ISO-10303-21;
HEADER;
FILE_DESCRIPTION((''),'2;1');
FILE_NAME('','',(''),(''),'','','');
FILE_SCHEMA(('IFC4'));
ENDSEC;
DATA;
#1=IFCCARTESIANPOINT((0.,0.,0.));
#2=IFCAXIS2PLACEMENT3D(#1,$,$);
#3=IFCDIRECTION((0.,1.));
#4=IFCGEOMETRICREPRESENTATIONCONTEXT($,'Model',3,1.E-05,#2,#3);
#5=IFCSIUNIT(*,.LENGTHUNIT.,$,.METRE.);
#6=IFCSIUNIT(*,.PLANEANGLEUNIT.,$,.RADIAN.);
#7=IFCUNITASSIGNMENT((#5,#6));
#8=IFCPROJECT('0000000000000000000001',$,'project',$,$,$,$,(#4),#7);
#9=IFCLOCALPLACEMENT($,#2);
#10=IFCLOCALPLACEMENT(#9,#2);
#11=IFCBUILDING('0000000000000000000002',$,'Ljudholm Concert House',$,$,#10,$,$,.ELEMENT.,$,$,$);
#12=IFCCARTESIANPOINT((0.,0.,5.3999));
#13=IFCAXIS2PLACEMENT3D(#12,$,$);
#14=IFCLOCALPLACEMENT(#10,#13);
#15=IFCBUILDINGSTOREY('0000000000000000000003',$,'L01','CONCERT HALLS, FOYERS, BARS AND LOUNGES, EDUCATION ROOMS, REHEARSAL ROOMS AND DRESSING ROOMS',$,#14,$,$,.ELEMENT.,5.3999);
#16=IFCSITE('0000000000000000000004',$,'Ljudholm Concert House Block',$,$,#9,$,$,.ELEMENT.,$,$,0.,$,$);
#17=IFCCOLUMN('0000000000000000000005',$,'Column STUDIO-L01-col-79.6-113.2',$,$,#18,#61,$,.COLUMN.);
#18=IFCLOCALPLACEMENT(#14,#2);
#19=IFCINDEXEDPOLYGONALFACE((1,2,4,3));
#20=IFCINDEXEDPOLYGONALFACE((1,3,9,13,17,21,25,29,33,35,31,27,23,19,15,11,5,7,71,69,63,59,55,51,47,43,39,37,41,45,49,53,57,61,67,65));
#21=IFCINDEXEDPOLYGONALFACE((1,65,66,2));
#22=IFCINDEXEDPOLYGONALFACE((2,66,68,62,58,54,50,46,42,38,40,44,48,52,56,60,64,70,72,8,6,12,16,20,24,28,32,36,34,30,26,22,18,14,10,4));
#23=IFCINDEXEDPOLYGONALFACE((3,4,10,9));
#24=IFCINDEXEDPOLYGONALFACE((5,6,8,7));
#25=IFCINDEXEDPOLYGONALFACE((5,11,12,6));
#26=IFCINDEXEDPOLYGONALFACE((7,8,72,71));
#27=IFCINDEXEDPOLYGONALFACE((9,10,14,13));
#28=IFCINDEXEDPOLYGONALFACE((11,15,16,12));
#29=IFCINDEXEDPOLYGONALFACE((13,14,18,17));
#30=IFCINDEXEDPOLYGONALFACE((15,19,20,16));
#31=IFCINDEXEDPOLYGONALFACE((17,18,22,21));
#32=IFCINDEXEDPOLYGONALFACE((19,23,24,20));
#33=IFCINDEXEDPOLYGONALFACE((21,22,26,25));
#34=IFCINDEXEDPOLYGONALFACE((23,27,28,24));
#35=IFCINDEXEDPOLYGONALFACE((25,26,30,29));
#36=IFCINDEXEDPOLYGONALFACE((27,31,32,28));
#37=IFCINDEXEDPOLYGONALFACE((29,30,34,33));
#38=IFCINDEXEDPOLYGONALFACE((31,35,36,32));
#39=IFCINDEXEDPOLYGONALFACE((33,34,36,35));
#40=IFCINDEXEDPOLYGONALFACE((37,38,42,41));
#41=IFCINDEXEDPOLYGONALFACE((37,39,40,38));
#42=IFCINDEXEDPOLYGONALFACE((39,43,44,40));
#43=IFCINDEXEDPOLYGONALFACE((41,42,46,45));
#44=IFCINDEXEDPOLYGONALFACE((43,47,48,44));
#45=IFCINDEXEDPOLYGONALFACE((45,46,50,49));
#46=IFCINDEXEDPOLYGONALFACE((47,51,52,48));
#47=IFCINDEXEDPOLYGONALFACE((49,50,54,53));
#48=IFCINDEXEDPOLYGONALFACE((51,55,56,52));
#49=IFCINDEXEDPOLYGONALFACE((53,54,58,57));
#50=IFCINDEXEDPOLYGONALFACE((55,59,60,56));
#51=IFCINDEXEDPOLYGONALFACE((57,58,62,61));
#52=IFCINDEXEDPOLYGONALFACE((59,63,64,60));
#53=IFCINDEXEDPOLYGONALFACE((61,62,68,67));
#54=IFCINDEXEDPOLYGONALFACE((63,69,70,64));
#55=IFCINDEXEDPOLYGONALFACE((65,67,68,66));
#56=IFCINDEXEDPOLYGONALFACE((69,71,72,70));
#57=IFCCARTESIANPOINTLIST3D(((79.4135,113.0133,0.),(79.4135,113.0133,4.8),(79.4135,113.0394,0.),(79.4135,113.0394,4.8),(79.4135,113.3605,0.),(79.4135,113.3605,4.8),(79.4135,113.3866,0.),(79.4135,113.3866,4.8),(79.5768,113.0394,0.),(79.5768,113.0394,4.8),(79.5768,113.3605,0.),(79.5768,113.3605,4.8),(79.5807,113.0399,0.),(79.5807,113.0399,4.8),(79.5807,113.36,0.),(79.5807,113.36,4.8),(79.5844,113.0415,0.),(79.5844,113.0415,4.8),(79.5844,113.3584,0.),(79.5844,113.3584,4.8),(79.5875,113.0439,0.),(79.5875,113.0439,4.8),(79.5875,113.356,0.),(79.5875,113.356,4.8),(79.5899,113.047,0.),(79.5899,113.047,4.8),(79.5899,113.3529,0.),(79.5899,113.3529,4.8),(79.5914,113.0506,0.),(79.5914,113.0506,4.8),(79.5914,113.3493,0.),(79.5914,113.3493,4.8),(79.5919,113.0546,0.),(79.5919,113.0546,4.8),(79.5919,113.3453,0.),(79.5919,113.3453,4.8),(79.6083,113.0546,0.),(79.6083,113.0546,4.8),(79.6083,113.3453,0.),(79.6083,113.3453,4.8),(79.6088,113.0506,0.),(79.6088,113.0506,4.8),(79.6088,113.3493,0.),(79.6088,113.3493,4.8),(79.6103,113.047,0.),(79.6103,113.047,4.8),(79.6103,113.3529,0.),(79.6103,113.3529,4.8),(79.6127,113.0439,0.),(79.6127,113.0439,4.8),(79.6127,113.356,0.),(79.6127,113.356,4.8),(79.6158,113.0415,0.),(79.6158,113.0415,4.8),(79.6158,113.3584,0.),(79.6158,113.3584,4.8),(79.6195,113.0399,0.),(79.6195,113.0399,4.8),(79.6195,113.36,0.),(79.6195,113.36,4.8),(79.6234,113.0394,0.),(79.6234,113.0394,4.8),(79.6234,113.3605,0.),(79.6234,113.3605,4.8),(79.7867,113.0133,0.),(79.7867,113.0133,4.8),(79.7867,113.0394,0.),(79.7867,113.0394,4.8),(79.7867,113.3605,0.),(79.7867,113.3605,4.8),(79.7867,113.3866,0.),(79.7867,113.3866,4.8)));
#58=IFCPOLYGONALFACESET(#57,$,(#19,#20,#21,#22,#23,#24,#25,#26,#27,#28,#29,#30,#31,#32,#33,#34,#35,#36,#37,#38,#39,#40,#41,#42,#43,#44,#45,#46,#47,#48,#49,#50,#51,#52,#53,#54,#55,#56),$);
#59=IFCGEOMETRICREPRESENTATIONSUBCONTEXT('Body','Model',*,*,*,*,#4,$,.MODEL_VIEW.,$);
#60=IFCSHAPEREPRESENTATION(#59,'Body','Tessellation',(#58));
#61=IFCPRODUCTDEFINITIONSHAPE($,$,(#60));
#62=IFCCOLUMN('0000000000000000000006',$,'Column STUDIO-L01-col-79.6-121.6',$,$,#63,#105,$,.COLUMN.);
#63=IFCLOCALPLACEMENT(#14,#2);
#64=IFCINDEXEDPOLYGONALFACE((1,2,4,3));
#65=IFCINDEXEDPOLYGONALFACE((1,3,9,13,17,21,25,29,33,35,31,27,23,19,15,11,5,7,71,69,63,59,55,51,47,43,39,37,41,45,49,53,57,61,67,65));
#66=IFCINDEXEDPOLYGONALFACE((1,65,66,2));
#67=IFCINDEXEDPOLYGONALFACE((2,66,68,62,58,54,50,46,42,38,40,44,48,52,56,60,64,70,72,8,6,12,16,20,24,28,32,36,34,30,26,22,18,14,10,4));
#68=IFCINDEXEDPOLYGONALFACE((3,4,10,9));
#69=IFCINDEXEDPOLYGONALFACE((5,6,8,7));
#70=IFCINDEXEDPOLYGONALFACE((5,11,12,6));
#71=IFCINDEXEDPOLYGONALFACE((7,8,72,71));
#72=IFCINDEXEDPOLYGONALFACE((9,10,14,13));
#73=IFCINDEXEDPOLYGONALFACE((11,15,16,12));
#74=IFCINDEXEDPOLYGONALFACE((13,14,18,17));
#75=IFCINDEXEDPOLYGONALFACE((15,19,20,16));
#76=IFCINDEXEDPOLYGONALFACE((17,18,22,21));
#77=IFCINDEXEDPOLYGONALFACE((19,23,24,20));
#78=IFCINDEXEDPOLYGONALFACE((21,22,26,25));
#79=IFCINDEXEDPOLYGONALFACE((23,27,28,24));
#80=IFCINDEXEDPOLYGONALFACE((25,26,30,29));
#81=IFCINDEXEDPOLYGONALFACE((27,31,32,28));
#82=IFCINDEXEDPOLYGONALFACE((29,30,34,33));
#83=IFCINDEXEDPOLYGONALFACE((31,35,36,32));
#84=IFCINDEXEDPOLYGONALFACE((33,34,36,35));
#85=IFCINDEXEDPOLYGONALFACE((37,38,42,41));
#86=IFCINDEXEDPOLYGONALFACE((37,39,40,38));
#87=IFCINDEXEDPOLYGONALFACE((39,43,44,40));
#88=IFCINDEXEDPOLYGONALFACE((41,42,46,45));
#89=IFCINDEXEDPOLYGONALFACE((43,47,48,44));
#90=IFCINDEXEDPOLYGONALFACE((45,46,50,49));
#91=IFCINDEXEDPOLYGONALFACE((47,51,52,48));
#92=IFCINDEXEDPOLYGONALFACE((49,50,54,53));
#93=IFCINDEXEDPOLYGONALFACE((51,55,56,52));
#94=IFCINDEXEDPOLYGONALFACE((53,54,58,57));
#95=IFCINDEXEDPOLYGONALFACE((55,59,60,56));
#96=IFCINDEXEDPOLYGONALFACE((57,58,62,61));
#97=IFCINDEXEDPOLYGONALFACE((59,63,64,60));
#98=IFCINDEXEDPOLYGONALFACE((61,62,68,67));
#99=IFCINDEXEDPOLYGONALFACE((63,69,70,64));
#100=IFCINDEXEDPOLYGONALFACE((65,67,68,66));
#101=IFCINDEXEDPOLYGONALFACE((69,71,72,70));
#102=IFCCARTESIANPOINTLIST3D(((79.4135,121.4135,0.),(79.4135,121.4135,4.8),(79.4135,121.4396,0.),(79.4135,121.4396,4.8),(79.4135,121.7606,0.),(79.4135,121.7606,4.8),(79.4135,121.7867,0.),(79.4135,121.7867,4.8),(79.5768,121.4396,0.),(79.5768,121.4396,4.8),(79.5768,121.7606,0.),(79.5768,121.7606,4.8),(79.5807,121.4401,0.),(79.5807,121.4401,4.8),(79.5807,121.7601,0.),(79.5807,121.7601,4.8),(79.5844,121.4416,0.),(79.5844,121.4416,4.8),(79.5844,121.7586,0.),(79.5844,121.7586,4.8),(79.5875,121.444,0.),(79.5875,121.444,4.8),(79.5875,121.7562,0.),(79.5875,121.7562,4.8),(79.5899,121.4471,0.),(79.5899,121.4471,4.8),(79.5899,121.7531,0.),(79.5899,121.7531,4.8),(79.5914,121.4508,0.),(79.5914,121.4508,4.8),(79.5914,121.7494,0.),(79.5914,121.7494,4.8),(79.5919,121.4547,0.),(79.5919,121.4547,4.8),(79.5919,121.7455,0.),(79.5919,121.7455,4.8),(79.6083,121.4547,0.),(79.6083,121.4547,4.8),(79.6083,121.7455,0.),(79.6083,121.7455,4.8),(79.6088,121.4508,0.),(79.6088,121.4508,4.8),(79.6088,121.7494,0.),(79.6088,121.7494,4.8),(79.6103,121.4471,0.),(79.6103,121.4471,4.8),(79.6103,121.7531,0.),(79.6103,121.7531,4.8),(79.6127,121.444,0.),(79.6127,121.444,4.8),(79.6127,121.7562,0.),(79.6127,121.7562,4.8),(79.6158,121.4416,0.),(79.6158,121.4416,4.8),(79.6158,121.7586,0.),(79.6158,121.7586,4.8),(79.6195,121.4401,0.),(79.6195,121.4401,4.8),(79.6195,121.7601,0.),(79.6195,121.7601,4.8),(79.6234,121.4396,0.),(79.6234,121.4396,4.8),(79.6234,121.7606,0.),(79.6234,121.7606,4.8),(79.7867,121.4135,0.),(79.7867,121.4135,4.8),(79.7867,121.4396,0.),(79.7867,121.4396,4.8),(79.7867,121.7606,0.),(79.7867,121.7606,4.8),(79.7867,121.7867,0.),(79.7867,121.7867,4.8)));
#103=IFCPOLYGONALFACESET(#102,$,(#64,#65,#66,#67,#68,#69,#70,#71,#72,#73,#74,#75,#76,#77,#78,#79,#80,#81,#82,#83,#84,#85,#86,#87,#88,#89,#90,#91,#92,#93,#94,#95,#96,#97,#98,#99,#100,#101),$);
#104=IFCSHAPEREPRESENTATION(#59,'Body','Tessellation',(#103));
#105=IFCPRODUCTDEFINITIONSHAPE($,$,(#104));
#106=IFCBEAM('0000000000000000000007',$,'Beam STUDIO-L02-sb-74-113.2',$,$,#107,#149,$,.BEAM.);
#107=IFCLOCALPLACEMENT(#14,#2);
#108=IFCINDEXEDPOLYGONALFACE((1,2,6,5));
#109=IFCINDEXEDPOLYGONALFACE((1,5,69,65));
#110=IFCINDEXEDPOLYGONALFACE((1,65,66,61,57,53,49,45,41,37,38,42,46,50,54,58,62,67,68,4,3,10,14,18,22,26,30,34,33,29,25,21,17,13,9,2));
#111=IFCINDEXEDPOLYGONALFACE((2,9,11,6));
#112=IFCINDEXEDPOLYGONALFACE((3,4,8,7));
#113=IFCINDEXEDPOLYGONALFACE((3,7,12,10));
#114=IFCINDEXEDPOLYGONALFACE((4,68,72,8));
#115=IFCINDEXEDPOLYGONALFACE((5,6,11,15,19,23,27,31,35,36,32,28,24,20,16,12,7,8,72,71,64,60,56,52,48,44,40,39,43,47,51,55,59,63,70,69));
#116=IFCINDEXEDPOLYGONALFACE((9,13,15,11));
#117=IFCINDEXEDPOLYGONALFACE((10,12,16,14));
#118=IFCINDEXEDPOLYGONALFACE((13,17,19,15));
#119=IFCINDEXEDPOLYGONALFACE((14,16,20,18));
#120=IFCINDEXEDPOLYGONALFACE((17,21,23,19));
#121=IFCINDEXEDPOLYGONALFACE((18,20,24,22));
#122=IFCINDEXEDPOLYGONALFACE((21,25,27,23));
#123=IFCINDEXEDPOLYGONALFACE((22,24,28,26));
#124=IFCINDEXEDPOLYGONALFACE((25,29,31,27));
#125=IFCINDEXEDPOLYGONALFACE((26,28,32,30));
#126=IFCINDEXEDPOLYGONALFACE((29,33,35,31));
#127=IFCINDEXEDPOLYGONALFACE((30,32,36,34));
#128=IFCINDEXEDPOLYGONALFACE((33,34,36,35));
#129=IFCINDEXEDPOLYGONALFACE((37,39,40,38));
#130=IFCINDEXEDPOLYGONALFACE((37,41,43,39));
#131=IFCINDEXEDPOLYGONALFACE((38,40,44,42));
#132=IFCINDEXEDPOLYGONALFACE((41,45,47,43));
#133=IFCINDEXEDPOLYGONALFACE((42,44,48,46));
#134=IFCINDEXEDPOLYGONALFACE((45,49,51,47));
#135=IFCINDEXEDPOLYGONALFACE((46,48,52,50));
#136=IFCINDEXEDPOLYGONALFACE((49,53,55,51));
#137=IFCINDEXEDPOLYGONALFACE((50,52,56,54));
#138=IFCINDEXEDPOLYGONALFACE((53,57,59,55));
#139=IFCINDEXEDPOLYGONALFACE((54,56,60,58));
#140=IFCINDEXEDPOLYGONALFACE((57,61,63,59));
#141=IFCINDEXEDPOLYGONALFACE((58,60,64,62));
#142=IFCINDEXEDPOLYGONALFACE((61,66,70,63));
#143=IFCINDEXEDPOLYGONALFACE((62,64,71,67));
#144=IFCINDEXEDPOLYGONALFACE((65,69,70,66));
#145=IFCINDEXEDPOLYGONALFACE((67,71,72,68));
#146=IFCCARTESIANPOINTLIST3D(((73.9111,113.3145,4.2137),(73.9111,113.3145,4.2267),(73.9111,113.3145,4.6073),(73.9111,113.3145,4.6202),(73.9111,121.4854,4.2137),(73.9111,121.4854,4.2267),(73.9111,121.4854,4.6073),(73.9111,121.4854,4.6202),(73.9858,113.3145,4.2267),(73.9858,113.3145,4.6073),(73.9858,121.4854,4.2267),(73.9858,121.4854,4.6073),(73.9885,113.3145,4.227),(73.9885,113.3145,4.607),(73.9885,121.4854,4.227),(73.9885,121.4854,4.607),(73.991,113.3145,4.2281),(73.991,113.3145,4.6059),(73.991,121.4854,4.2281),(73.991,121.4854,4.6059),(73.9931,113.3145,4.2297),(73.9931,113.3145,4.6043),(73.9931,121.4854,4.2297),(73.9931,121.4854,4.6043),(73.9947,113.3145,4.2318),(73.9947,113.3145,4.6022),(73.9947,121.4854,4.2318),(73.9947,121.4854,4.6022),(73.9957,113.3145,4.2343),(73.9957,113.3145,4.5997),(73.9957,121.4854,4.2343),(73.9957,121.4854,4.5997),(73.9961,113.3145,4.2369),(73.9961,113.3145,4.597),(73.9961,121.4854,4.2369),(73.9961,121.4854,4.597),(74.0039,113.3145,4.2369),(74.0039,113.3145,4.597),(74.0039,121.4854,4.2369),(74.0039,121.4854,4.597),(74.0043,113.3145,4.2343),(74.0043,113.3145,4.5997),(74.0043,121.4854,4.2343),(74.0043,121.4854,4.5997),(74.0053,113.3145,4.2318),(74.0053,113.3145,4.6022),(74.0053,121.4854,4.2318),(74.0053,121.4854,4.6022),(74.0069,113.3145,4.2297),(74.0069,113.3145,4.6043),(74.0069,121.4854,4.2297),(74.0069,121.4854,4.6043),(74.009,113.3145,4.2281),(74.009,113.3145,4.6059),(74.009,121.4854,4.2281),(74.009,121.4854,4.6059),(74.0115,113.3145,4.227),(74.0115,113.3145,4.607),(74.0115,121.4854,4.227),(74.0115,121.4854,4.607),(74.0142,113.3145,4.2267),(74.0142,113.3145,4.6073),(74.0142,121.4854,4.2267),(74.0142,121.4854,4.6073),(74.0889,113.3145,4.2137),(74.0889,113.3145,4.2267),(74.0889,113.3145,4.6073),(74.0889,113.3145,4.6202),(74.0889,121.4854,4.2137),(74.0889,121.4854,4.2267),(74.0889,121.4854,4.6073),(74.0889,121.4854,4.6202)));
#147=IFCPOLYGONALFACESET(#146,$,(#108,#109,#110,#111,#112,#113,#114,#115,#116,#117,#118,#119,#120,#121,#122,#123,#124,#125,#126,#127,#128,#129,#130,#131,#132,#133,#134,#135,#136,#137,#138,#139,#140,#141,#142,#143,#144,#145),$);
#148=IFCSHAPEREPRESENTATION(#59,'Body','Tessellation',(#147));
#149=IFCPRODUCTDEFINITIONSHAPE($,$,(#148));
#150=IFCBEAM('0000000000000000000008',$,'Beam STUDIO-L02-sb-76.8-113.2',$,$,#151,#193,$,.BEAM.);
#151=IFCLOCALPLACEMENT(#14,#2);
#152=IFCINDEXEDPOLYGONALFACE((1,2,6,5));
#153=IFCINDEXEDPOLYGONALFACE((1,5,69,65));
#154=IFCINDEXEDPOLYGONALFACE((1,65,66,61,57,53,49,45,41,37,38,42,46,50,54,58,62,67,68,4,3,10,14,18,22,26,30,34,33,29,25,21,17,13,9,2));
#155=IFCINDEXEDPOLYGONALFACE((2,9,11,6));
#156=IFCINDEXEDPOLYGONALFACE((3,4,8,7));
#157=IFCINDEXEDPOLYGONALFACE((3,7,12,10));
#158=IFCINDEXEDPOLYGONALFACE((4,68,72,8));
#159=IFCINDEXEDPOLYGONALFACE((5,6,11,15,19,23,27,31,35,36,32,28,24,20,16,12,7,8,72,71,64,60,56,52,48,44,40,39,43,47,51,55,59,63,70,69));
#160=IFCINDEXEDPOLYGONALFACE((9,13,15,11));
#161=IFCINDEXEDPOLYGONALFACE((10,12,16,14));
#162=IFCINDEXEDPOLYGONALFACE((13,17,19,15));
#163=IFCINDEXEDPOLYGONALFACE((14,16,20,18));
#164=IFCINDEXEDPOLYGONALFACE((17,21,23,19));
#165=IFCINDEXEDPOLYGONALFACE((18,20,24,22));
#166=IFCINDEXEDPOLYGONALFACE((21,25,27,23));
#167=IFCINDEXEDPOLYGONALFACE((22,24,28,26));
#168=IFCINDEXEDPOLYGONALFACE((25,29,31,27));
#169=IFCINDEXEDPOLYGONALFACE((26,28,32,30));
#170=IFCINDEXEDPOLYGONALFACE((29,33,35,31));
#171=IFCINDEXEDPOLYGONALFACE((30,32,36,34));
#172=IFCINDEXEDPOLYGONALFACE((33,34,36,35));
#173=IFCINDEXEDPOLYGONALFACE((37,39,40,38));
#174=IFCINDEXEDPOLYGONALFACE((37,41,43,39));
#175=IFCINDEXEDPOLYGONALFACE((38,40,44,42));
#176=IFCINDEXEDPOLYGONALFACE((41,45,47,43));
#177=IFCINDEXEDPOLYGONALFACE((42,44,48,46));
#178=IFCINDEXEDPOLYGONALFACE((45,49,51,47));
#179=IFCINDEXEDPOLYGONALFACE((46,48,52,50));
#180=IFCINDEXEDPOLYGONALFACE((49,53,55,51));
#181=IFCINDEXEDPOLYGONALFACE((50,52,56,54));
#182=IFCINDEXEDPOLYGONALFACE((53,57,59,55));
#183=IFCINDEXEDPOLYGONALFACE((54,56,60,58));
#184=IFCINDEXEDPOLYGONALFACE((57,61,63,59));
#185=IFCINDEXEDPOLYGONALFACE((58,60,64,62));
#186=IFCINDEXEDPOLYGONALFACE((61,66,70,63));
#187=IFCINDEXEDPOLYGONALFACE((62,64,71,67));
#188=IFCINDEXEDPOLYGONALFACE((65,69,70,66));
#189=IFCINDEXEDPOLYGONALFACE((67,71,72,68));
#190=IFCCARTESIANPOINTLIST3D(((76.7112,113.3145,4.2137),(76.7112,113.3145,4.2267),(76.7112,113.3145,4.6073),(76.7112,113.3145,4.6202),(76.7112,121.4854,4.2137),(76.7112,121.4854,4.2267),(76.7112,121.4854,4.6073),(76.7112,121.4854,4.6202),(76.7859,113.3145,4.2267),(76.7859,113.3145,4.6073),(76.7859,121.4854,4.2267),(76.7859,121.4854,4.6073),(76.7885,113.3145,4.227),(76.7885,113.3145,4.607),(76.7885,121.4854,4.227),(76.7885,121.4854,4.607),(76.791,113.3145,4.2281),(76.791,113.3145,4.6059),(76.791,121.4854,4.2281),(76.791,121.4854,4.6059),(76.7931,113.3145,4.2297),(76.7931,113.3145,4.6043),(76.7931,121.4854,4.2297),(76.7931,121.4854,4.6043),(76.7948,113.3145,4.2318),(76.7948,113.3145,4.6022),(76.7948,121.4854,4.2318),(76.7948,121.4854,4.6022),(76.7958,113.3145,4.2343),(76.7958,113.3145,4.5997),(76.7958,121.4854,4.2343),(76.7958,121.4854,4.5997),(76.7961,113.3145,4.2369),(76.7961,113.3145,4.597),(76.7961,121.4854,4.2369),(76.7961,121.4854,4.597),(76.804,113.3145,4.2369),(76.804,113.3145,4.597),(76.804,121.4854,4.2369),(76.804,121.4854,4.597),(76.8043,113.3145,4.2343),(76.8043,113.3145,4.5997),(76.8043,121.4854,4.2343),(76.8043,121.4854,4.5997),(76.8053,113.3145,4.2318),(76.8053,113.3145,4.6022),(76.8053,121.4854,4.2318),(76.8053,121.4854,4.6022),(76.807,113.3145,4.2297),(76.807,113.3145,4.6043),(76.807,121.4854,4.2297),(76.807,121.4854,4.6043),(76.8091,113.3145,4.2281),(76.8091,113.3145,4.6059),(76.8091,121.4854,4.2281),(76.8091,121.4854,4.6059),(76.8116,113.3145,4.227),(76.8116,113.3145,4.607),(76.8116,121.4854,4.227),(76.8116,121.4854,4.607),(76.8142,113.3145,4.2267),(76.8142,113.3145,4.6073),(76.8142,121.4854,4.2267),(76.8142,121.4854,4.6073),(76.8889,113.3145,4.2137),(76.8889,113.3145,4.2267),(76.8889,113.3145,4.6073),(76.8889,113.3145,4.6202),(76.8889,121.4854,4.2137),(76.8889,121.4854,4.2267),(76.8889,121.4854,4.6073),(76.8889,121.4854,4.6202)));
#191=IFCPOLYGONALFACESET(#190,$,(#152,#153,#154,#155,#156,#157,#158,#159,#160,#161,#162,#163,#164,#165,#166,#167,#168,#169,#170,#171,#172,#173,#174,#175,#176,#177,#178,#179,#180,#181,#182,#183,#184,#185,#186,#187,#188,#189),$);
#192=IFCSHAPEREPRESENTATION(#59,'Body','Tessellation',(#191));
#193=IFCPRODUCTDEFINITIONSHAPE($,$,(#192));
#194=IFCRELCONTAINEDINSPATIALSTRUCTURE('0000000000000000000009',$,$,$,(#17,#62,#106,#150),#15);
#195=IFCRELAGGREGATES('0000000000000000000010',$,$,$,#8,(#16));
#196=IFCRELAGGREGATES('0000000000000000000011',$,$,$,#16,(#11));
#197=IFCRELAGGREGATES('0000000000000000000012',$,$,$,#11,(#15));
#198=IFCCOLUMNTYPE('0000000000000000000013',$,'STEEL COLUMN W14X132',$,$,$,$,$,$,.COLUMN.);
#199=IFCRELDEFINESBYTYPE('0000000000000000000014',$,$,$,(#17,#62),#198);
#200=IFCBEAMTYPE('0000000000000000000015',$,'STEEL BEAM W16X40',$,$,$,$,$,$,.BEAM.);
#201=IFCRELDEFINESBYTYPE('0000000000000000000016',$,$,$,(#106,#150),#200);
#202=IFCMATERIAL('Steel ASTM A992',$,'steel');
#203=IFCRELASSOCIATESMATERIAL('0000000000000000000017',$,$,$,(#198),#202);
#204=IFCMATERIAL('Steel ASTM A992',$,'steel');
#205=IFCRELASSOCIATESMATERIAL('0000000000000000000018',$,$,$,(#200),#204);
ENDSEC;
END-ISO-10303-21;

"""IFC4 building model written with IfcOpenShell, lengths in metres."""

from ifc_helpers import new_model, si_unit, direction, frame, origin, origin_2d, place, context, subcontext, project, spatial, i_section, extrude, material, material_profile, profile_set, type_object, element, save


model = new_model("IFC4")

# Units and contexts
model_context = context("Model", 3, precision=1e-05, world=origin(), true_north=direction((0.0, 1.0)))
body_context = subcontext(model_context, "Body", "Model", "MODEL_VIEW")
ifc_project = project(units=[si_unit("LENGTHUNIT", "METRE"), si_unit("PLANEANGLEUNIT", "RADIAN")], contexts=[model_context])

# Site, building, storey
site_placement = place(None, origin())
site = spatial("IfcSite", under=ifc_project, at=site_placement, Name="Ljudholm Concert House Block", CompositionType="ELEMENT", RefElevation=0.0)
building_placement = place(site_placement, origin())
building = spatial("IfcBuilding", under=site, at=building_placement, Name="Ljudholm Concert House", CompositionType="ELEMENT")
storey_placement = place(building_placement, frame((0.0, 0.0, 5.3999)))
storey = spatial("IfcBuildingStorey", under=building, at=storey_placement, Name="L01", Description="CONCERT HALLS, FOYERS, BARS AND LOUNGES, EDUCATION ROOMS, REHEARSAL ROOMS AND DRESSING ROOMS", CompositionType="ELEMENT", Elevation=5.3999)

# Columns
ifc_material_1 = material(Name="Steel ASTM A992", Category="steel")
ifc_material_profile_1 = material_profile(ifc_material_1, i_section(OverallWidth=0.3733, OverallDepth=0.3733, WebThickness=0.0164, FlangeThickness=0.0261, FilletRadius=0.0151, at=origin_2d()), Name="W14X132")
ifc_profile_set_1 = profile_set([ifc_material_profile_1], Name="Steel ASTM A992")
column_type = type_object("IfcColumnType", Name="STEEL COLUMN W14X132", PredefinedType="COLUMN", material=ifc_profile_set_1)
for number, where, z_axis, x_axis, name in (
    (1, (79.6001, 113.2, 0.0), (0.0, 0.0, 1.0), (1.0, 0.0, 0.0), "Column STUDIO-L01-col-79.6-113.2"),
    (2, (79.6001, 121.6001, 0.0), (0.0, 0.0, 1.0), (1.0, 0.0, 0.0), "Column STUDIO-L01-col-79.6-121.6"),
):
    element("IfcColumn", number, at=place(storey_placement, frame(where, z_axis=z_axis, x_axis=x_axis)), inside=storey, type_object=column_type, Name=name, PredefinedType="COLUMN", context=body_context, shape_type="SweptSolid", body=[
        extrude(i_section(OverallWidth=0.3733, OverallDepth=0.3733, WebThickness=0.0164, FlangeThickness=0.0261, FilletRadius=0.0151, at=origin_2d()), origin(), (0.0, 0.0, 1.0), 4.8),
    ])

# Beams
ifc_material_2 = material(Name="Steel ASTM A992", Category="steel")
ifc_material_profile_2 = material_profile(ifc_material_2, i_section(OverallWidth=0.1777, OverallDepth=0.4065, WebThickness=0.0078, FlangeThickness=0.0129, FilletRadius=0.0103, at=origin_2d()), Name="W16X40")
ifc_profile_set_2 = profile_set([ifc_material_profile_2], Name="Steel ASTM A992")
beam_type_1 = type_object("IfcBeamType", Name="STEEL BEAM W16X40", PredefinedType="BEAM", material=ifc_profile_set_2)
for number, where, z_axis, x_axis, name in (
    (3, (74.0, 113.3145, 4.417), (0.0, 1.0, 0.0), (-1.0, 0.0, 0.0), "Beam STUDIO-L02-sb-74-113.2"),
    (4, (76.8, 113.3145, 4.417), (0.0, 1.0, 0.0), (-1.0, 0.0, 0.0), "Beam STUDIO-L02-sb-76.8-113.2"),
):
    element("IfcBeam", number, at=place(storey_placement, frame(where, z_axis=z_axis, x_axis=x_axis)), inside=storey, type_object=beam_type_1, Name=name, PredefinedType="BEAM", context=body_context, shape_type="SweptSolid", body=[
        extrude(i_section(OverallWidth=0.1777, OverallDepth=0.4065, WebThickness=0.0078, FlangeThickness=0.0129, FilletRadius=0.0103, at=origin_2d()), origin(), (0.0, 0.0, 1.0), 8.1709),
    ])

save(model, "model.ifc")
